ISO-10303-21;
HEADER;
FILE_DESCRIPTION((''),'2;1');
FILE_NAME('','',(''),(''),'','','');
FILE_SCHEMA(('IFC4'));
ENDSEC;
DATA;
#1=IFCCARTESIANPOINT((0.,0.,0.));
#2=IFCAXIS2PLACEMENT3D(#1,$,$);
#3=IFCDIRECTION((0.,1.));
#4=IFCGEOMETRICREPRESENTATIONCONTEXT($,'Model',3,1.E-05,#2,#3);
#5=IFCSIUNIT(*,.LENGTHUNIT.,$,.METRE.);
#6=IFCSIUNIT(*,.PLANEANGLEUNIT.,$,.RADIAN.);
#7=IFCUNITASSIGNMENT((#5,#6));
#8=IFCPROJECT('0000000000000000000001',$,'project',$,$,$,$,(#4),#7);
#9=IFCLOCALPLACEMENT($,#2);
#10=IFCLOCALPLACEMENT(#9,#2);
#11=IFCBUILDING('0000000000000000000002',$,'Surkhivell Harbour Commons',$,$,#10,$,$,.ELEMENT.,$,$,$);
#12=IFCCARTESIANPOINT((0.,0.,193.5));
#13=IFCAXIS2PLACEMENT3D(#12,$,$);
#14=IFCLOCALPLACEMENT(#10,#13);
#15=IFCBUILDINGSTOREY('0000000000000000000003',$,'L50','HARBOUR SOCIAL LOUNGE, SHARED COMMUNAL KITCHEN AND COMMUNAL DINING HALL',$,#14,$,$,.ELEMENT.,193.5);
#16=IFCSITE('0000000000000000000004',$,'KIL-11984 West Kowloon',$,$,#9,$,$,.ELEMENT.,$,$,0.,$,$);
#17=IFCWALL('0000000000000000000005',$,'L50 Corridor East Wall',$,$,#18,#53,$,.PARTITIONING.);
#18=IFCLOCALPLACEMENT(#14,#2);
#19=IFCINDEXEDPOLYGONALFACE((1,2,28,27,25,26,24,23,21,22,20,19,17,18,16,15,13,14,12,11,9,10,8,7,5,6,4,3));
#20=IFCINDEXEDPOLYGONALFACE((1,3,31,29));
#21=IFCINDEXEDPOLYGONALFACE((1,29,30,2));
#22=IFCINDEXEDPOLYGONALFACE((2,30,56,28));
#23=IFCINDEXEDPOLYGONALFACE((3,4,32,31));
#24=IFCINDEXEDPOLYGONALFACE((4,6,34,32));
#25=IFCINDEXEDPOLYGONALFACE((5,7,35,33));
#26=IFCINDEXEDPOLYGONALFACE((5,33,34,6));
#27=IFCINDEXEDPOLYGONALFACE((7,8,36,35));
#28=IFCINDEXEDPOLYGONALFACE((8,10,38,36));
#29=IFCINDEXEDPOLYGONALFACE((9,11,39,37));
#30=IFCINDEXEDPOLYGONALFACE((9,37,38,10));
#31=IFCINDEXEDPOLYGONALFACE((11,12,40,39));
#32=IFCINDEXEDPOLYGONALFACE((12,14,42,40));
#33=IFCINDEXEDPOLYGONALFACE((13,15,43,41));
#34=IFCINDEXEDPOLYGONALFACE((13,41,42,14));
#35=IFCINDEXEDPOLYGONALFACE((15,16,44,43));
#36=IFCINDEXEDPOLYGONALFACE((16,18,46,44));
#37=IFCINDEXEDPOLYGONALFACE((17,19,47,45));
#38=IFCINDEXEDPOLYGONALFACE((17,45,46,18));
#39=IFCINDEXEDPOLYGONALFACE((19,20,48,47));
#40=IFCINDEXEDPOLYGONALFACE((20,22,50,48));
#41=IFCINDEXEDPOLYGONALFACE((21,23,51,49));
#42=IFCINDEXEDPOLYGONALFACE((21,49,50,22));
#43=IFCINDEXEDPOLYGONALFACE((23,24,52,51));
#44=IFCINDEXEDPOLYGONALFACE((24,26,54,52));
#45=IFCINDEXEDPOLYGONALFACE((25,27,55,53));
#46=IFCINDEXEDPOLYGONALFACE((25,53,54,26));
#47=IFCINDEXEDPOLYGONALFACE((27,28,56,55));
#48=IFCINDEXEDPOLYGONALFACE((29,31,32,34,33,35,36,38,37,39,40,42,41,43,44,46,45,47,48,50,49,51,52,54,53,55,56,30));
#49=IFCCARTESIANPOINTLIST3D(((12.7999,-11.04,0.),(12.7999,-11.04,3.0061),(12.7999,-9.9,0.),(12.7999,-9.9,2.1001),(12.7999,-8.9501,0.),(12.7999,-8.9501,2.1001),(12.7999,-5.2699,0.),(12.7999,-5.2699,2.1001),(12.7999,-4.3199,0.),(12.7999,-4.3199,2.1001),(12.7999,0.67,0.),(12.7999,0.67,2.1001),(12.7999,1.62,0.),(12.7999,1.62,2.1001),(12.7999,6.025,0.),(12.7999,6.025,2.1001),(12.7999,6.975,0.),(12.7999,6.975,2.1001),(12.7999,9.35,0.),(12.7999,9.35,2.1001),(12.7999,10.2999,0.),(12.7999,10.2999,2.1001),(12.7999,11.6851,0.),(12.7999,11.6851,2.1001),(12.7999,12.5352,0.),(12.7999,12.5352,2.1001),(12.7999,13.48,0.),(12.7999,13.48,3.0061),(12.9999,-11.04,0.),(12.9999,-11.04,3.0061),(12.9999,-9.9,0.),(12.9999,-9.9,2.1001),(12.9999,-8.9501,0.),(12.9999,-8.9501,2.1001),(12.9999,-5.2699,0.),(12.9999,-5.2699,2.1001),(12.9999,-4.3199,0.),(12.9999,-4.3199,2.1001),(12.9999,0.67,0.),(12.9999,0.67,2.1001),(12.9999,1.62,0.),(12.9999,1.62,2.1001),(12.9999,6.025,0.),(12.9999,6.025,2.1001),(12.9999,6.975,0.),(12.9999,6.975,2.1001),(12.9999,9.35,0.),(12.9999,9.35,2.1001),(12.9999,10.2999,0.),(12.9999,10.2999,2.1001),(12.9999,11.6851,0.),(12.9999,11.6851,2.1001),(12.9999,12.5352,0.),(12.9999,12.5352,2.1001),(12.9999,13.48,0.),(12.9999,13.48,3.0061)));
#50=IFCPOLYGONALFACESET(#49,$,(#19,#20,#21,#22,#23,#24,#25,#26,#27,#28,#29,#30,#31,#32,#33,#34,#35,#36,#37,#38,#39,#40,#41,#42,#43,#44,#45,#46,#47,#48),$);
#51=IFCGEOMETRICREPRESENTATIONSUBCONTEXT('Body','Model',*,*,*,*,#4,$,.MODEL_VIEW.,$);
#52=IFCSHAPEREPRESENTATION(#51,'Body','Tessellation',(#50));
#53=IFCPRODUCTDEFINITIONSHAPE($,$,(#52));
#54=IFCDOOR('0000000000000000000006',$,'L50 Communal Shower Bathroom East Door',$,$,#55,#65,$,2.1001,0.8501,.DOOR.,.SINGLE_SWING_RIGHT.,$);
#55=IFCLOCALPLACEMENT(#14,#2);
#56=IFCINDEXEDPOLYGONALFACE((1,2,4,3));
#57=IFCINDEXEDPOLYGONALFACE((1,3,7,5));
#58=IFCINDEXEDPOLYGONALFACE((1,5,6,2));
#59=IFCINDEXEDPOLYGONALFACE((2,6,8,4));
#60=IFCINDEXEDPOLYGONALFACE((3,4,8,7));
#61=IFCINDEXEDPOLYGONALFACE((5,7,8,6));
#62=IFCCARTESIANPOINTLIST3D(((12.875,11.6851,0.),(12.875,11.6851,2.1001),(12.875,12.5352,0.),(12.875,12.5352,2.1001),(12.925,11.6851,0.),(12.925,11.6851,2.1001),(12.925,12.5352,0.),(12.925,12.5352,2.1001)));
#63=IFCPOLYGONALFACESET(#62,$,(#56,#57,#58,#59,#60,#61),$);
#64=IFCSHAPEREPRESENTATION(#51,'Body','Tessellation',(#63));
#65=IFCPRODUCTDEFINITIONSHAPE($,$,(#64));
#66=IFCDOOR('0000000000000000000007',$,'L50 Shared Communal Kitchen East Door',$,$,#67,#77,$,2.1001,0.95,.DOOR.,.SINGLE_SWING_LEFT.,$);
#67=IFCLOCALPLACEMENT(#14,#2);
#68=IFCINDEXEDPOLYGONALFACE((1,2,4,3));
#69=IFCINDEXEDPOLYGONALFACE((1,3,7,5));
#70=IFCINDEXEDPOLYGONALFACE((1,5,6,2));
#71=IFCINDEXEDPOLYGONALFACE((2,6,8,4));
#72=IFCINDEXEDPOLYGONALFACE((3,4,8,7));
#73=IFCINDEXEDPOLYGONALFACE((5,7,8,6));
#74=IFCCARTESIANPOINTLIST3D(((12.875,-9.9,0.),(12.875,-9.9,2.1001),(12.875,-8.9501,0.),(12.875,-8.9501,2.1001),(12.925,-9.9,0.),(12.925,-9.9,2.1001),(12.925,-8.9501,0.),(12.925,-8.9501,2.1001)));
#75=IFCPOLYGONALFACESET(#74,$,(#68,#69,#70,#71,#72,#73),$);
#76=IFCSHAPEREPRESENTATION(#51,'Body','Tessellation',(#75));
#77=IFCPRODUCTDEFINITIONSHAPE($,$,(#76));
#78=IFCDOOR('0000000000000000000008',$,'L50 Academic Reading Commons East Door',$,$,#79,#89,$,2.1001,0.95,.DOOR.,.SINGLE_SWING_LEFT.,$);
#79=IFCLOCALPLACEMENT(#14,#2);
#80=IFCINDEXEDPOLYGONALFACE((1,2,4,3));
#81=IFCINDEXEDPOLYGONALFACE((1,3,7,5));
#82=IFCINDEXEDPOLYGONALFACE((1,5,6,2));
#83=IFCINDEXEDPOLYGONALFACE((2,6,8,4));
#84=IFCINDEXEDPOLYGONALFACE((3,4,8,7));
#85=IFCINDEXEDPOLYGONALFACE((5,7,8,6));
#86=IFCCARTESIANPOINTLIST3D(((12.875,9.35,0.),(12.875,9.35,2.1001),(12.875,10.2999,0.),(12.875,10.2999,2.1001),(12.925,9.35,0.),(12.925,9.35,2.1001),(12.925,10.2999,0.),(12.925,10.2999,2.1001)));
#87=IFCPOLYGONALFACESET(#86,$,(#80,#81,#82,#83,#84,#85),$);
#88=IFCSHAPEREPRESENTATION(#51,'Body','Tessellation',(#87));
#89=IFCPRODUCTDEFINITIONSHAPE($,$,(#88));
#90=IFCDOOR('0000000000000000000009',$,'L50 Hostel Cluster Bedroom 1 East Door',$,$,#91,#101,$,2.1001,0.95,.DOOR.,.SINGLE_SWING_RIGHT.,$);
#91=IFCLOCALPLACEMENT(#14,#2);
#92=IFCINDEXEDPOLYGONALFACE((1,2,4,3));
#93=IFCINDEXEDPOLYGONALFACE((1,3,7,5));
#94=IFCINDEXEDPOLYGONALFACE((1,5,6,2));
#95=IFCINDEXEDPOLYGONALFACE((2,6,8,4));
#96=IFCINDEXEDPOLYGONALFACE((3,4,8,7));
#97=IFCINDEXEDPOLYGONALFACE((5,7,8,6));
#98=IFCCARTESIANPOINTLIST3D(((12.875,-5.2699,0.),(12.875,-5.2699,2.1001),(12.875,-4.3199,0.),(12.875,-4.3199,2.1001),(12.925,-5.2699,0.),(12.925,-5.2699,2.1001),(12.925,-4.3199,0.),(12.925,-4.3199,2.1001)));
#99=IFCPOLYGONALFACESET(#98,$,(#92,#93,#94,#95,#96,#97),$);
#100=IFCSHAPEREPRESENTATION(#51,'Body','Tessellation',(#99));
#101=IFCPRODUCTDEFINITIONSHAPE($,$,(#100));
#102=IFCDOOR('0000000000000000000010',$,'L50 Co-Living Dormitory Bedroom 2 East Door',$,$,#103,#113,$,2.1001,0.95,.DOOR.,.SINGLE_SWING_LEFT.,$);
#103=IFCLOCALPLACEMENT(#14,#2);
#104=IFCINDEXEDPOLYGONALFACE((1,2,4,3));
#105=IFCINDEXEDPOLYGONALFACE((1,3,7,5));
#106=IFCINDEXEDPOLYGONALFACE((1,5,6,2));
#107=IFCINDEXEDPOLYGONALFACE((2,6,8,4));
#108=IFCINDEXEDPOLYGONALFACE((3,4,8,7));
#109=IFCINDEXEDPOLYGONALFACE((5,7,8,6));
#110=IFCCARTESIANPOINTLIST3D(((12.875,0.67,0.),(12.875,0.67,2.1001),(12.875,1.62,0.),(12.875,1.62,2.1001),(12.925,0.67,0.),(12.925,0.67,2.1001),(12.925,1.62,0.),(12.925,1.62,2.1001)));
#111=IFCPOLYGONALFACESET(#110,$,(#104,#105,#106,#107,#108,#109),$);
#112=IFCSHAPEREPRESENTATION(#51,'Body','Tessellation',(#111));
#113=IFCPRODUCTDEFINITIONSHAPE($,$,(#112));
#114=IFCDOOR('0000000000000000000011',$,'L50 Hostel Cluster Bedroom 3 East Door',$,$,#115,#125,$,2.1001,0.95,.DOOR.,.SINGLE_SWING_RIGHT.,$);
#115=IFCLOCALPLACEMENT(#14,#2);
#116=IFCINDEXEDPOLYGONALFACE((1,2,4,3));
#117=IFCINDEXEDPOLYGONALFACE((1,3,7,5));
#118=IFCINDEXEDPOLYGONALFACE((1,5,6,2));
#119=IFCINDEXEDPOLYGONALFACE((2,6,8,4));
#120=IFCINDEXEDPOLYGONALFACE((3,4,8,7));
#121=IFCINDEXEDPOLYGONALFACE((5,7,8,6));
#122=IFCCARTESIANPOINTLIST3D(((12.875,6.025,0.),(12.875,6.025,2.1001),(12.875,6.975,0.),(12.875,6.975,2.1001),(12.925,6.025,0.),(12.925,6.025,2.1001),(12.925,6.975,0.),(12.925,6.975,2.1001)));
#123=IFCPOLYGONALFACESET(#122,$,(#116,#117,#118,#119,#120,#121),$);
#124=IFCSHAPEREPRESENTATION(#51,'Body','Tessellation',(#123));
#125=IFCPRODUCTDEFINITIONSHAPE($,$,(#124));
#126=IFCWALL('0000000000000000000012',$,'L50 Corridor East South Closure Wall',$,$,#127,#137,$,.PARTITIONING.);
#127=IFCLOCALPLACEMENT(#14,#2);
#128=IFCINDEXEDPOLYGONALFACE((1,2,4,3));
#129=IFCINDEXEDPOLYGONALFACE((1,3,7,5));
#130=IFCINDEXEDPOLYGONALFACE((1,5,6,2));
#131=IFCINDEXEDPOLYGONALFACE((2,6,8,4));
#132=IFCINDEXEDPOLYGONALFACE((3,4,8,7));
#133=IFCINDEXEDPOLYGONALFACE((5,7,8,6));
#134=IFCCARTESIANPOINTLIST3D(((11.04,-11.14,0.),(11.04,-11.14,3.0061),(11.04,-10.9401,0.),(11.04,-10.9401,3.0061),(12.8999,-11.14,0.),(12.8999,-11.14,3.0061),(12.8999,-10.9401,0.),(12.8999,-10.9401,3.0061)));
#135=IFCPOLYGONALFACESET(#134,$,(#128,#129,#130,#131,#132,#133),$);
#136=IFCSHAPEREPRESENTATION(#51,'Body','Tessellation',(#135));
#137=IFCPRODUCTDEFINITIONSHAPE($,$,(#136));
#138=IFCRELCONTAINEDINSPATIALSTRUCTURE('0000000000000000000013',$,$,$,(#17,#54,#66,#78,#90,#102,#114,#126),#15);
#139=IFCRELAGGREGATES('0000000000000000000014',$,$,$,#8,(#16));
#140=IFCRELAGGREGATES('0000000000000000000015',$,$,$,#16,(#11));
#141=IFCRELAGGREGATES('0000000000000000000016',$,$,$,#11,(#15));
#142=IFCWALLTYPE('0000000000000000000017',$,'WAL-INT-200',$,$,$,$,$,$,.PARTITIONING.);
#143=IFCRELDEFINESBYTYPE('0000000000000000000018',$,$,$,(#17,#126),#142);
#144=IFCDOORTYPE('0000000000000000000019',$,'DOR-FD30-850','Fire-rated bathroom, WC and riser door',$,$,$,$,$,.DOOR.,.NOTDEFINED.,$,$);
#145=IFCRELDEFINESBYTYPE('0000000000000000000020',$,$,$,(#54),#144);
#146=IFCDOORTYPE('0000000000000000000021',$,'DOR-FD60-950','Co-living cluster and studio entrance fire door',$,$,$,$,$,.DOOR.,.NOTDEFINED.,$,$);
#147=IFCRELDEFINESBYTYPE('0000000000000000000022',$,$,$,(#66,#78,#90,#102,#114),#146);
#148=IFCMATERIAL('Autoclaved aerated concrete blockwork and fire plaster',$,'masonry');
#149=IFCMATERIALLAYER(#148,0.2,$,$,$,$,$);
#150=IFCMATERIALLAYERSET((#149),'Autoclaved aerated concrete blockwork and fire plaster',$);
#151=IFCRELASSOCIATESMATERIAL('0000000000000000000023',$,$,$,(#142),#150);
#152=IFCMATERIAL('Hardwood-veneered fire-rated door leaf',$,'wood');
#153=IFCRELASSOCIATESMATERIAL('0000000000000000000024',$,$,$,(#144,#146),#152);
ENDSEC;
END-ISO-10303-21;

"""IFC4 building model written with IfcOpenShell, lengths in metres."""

from ifc_helpers import new_model, si_unit, direction, frame, frame_2d, origin, place, context, subcontext, project, spatial, rectangle, extrude, material, layer, layer_set, type_object, element, fill, save


model = new_model("IFC4")

# Units and contexts
model_context = context("Model", 3, precision=1e-05, world=origin(), true_north=direction((0.0, 1.0)))
body_context = subcontext(model_context, "Body", "Model", "MODEL_VIEW")
ifc_project = project(units=[si_unit("LENGTHUNIT", "METRE"), si_unit("PLANEANGLEUNIT", "RADIAN")], contexts=[model_context])

# Site, building, storey
site_placement = place(None, origin())
site = spatial("IfcSite", under=ifc_project, at=site_placement, Name="KIL-11984 West Kowloon", CompositionType="ELEMENT", RefElevation=0.0)
building_placement = place(site_placement, origin())
building = spatial("IfcBuilding", under=site, at=building_placement, Name="Surkhivell Harbour Commons", CompositionType="ELEMENT")
storey_placement = place(building_placement, frame((0.0, 0.0, 193.5)))
storey = spatial("IfcBuildingStorey", under=building, at=storey_placement, Name="L50", Description="HARBOUR SOCIAL LOUNGE, SHARED COMMUNAL KITCHEN AND COMMUNAL DINING HALL", CompositionType="ELEMENT", Elevation=193.5)

# Wall, openings, doors
ifc_material_1 = material(Name="Autoclaved aerated concrete blockwork and fire plaster", Category="masonry")
ifc_layer_1 = layer(ifc_material_1, 0.2)
ifc_layer_set_1 = layer_set([ifc_layer_1], Name="Autoclaved aerated concrete blockwork and fire plaster")
wall_type_1 = type_object("IfcWallType", Name="WAL-INT-200", PredefinedType="PARTITIONING", material=ifc_layer_set_1)
wall_1_placement = place(storey_placement, frame((12.8999, -11.04, 0.0), z_axis=(0.0, 0.0, 1.0), x_axis=(0.0, 1.0, 0.0)))
wall_1 = element("IfcWall", 1, at=wall_1_placement, inside=storey, type_object=wall_type_1, Name="L50 Corridor East Wall", PredefinedType="PARTITIONING", context=body_context, shape_type="SweptSolid", body=[
    extrude(rectangle(XDim=24.52, YDim=0.2, at=frame_2d((12.26, 0.0))), origin(), (0.0, 0.0, 1.0), 3.0061),
])
opening_1_placement = place(wall_1_placement, frame((1.1399, 0.0, 0.0)))
opening_1 = element("IfcOpeningElement", 2, at=opening_1_placement, cuts=wall_1, PredefinedType="OPENING", context=body_context, shape_type="SweptSolid", body=[
    extrude(rectangle(XDim=0.95, YDim=2.1001, at=frame_2d((0.4751, 1.05))), frame((0.0, 0.1099, 0.0), z_axis=(0.0, -1.0, 0.0), x_axis=(1.0, 0.0, 0.0)), (0.0, 0.0, 1.0), 0.22),
])
opening_2_placement = place(wall_1_placement, frame((22.7251, 0.0, 0.0)))
opening_2 = element("IfcOpeningElement", 3, at=opening_2_placement, cuts=wall_1, PredefinedType="OPENING", context=body_context, shape_type="SweptSolid", body=[
    extrude(rectangle(XDim=0.8501, YDim=2.1001, at=frame_2d((0.425, 1.05))), frame((0.0, 0.1099, 0.0), z_axis=(0.0, -1.0, 0.0), x_axis=(1.0, 0.0, 0.0)), (0.0, 0.0, 1.0), 0.22),
])
opening_3_placement = place(wall_1_placement, frame((20.3899, 0.0, 0.0)))
opening_3 = element("IfcOpeningElement", 4, at=opening_3_placement, cuts=wall_1, PredefinedType="OPENING", context=body_context, shape_type="SweptSolid", body=[
    extrude(rectangle(XDim=0.95, YDim=2.1001, at=frame_2d((0.4751, 1.05))), frame((0.0, 0.1099, 0.0), z_axis=(0.0, -1.0, 0.0), x_axis=(1.0, 0.0, 0.0)), (0.0, 0.0, 1.0), 0.22),
])
opening_4_placement = place(wall_1_placement, frame((5.77, 0.0, 0.0)))
opening_4 = element("IfcOpeningElement", 5, at=opening_4_placement, cuts=wall_1, PredefinedType="OPENING", context=body_context, shape_type="SweptSolid", body=[
    extrude(rectangle(XDim=0.95, YDim=2.1001, at=frame_2d((0.4751, 1.05))), frame((0.0, 0.1099, 0.0), z_axis=(0.0, -1.0, 0.0), x_axis=(1.0, 0.0, 0.0)), (0.0, 0.0, 1.0), 0.22),
])
opening_5_placement = place(wall_1_placement, frame((11.71, 0.0, 0.0)))
opening_5 = element("IfcOpeningElement", 6, at=opening_5_placement, cuts=wall_1, PredefinedType="OPENING", context=body_context, shape_type="SweptSolid", body=[
    extrude(rectangle(XDim=0.95, YDim=2.1001, at=frame_2d((0.4751, 1.05))), frame((0.0, 0.1099, 0.0), z_axis=(0.0, -1.0, 0.0), x_axis=(1.0, 0.0, 0.0)), (0.0, 0.0, 1.0), 0.22),
])
opening_6_placement = place(wall_1_placement, frame((17.0649, 0.0, 0.0)))
opening_6 = element("IfcOpeningElement", 7, at=opening_6_placement, cuts=wall_1, PredefinedType="OPENING", context=body_context, shape_type="SweptSolid", body=[
    extrude(rectangle(XDim=0.95, YDim=2.1001, at=frame_2d((0.4751, 1.05))), frame((0.0, 0.1099, 0.0), z_axis=(0.0, -1.0, 0.0), x_axis=(1.0, 0.0, 0.0)), (0.0, 0.0, 1.0), 0.22),
])
ifc_material_2 = material(Name="Hardwood-veneered fire-rated door leaf", Category="wood")
door_type_1 = type_object("IfcDoorType", Name="DOR-FD30-850", Description="Fire-rated bathroom, WC and riser door", OperationType="NOTDEFINED", PredefinedType="DOOR", material=ifc_material_2)
door_1_placement = place(opening_2_placement, origin())
door_1 = element("IfcDoor", 8, at=door_1_placement, inside=storey, type_object=door_type_1, Name="L50 Communal Shower Bathroom East Door", OperationType="SINGLE_SWING_RIGHT", OverallHeight=2.1001, OverallWidth=0.8501, PredefinedType="DOOR", context=body_context, shape_type="SweptSolid", body=[
    extrude(rectangle(XDim=0.8501, YDim=2.1001, at=frame_2d((0.425, 1.05))), frame((0.0, 0.0249, 0.0), z_axis=(0.0, -1.0, 0.0), x_axis=(1.0, 0.0, 0.0)), (0.0, 0.0, 1.0), 0.05),
])
fill(opening_2, door_1)
door_type_2 = type_object("IfcDoorType", Name="DOR-FD60-950", Description="Co-living cluster and studio entrance fire door", OperationType="NOTDEFINED", PredefinedType="DOOR", material=ifc_material_2)
door_2_placement = place(opening_1_placement, origin())
door_2 = element("IfcDoor", 9, at=door_2_placement, inside=storey, type_object=door_type_2, Name="L50 Shared Communal Kitchen East Door", OperationType="SINGLE_SWING_LEFT", OverallHeight=2.1001, OverallWidth=0.95, PredefinedType="DOOR", context=body_context, shape_type="SweptSolid", body=[
    extrude(rectangle(XDim=0.95, YDim=2.1001, at=frame_2d((0.4751, 1.05))), frame((0.0, 0.0249, 0.0), z_axis=(0.0, -1.0, 0.0), x_axis=(1.0, 0.0, 0.0)), (0.0, 0.0, 1.0), 0.05),
])
fill(opening_1, door_2)
door_3_placement = place(opening_3_placement, origin())
door_3 = element("IfcDoor", 10, at=door_3_placement, inside=storey, type_object=door_type_2, Name="L50 Academic Reading Commons East Door", OperationType="SINGLE_SWING_LEFT", OverallHeight=2.1001, OverallWidth=0.95, PredefinedType="DOOR", context=body_context, shape_type="SweptSolid", body=[
    extrude(rectangle(XDim=0.95, YDim=2.1001, at=frame_2d((0.4751, 1.05))), frame((0.0, 0.0249, 0.0), z_axis=(0.0, -1.0, 0.0), x_axis=(1.0, 0.0, 0.0)), (0.0, 0.0, 1.0), 0.05),
])
fill(opening_3, door_3)
door_4_placement = place(opening_4_placement, origin())
door_4 = element("IfcDoor", 11, at=door_4_placement, inside=storey, type_object=door_type_2, Name="L50 Hostel Cluster Bedroom 1 East Door", OperationType="SINGLE_SWING_RIGHT", OverallHeight=2.1001, OverallWidth=0.95, PredefinedType="DOOR", context=body_context, shape_type="SweptSolid", body=[
    extrude(rectangle(XDim=0.95, YDim=2.1001, at=frame_2d((0.4751, 1.05))), frame((0.0, 0.0249, 0.0), z_axis=(0.0, -1.0, 0.0), x_axis=(1.0, 0.0, 0.0)), (0.0, 0.0, 1.0), 0.05),
])
fill(opening_4, door_4)
door_5_placement = place(opening_5_placement, origin())
door_5 = element("IfcDoor", 12, at=door_5_placement, inside=storey, type_object=door_type_2, Name="L50 Co-Living Dormitory Bedroom 2 East Door", OperationType="SINGLE_SWING_LEFT", OverallHeight=2.1001, OverallWidth=0.95, PredefinedType="DOOR", context=body_context, shape_type="SweptSolid", body=[
    extrude(rectangle(XDim=0.95, YDim=2.1001, at=frame_2d((0.4751, 1.05))), frame((0.0, 0.0249, 0.0), z_axis=(0.0, -1.0, 0.0), x_axis=(1.0, 0.0, 0.0)), (0.0, 0.0, 1.0), 0.05),
])
fill(opening_5, door_5)
door_6_placement = place(opening_6_placement, origin())
door_6 = element("IfcDoor", 13, at=door_6_placement, inside=storey, type_object=door_type_2, Name="L50 Hostel Cluster Bedroom 3 East Door", OperationType="SINGLE_SWING_RIGHT", OverallHeight=2.1001, OverallWidth=0.95, PredefinedType="DOOR", context=body_context, shape_type="SweptSolid", body=[
    extrude(rectangle(XDim=0.95, YDim=2.1001, at=frame_2d((0.4751, 1.05))), frame((0.0, 0.0249, 0.0), z_axis=(0.0, -1.0, 0.0), x_axis=(1.0, 0.0, 0.0)), (0.0, 0.0, 1.0), 0.05),
])
fill(opening_6, door_6)

# Wall
wall_2_placement = place(storey_placement, frame((11.04, -11.04, 0.0), z_axis=(0.0, 0.0, 1.0), x_axis=(1.0, 0.0, 0.0)))
element("IfcWall", 14, at=wall_2_placement, inside=storey, type_object=wall_type_1, Name="L50 Corridor East South Closure Wall", PredefinedType="PARTITIONING", context=body_context, shape_type="SweptSolid", body=[
    extrude(rectangle(XDim=1.8599, YDim=0.2, at=frame_2d((0.9299, 0.0))), origin(), (0.0, 0.0, 1.0), 3.0061),
])

save(model, "model.ifc")
